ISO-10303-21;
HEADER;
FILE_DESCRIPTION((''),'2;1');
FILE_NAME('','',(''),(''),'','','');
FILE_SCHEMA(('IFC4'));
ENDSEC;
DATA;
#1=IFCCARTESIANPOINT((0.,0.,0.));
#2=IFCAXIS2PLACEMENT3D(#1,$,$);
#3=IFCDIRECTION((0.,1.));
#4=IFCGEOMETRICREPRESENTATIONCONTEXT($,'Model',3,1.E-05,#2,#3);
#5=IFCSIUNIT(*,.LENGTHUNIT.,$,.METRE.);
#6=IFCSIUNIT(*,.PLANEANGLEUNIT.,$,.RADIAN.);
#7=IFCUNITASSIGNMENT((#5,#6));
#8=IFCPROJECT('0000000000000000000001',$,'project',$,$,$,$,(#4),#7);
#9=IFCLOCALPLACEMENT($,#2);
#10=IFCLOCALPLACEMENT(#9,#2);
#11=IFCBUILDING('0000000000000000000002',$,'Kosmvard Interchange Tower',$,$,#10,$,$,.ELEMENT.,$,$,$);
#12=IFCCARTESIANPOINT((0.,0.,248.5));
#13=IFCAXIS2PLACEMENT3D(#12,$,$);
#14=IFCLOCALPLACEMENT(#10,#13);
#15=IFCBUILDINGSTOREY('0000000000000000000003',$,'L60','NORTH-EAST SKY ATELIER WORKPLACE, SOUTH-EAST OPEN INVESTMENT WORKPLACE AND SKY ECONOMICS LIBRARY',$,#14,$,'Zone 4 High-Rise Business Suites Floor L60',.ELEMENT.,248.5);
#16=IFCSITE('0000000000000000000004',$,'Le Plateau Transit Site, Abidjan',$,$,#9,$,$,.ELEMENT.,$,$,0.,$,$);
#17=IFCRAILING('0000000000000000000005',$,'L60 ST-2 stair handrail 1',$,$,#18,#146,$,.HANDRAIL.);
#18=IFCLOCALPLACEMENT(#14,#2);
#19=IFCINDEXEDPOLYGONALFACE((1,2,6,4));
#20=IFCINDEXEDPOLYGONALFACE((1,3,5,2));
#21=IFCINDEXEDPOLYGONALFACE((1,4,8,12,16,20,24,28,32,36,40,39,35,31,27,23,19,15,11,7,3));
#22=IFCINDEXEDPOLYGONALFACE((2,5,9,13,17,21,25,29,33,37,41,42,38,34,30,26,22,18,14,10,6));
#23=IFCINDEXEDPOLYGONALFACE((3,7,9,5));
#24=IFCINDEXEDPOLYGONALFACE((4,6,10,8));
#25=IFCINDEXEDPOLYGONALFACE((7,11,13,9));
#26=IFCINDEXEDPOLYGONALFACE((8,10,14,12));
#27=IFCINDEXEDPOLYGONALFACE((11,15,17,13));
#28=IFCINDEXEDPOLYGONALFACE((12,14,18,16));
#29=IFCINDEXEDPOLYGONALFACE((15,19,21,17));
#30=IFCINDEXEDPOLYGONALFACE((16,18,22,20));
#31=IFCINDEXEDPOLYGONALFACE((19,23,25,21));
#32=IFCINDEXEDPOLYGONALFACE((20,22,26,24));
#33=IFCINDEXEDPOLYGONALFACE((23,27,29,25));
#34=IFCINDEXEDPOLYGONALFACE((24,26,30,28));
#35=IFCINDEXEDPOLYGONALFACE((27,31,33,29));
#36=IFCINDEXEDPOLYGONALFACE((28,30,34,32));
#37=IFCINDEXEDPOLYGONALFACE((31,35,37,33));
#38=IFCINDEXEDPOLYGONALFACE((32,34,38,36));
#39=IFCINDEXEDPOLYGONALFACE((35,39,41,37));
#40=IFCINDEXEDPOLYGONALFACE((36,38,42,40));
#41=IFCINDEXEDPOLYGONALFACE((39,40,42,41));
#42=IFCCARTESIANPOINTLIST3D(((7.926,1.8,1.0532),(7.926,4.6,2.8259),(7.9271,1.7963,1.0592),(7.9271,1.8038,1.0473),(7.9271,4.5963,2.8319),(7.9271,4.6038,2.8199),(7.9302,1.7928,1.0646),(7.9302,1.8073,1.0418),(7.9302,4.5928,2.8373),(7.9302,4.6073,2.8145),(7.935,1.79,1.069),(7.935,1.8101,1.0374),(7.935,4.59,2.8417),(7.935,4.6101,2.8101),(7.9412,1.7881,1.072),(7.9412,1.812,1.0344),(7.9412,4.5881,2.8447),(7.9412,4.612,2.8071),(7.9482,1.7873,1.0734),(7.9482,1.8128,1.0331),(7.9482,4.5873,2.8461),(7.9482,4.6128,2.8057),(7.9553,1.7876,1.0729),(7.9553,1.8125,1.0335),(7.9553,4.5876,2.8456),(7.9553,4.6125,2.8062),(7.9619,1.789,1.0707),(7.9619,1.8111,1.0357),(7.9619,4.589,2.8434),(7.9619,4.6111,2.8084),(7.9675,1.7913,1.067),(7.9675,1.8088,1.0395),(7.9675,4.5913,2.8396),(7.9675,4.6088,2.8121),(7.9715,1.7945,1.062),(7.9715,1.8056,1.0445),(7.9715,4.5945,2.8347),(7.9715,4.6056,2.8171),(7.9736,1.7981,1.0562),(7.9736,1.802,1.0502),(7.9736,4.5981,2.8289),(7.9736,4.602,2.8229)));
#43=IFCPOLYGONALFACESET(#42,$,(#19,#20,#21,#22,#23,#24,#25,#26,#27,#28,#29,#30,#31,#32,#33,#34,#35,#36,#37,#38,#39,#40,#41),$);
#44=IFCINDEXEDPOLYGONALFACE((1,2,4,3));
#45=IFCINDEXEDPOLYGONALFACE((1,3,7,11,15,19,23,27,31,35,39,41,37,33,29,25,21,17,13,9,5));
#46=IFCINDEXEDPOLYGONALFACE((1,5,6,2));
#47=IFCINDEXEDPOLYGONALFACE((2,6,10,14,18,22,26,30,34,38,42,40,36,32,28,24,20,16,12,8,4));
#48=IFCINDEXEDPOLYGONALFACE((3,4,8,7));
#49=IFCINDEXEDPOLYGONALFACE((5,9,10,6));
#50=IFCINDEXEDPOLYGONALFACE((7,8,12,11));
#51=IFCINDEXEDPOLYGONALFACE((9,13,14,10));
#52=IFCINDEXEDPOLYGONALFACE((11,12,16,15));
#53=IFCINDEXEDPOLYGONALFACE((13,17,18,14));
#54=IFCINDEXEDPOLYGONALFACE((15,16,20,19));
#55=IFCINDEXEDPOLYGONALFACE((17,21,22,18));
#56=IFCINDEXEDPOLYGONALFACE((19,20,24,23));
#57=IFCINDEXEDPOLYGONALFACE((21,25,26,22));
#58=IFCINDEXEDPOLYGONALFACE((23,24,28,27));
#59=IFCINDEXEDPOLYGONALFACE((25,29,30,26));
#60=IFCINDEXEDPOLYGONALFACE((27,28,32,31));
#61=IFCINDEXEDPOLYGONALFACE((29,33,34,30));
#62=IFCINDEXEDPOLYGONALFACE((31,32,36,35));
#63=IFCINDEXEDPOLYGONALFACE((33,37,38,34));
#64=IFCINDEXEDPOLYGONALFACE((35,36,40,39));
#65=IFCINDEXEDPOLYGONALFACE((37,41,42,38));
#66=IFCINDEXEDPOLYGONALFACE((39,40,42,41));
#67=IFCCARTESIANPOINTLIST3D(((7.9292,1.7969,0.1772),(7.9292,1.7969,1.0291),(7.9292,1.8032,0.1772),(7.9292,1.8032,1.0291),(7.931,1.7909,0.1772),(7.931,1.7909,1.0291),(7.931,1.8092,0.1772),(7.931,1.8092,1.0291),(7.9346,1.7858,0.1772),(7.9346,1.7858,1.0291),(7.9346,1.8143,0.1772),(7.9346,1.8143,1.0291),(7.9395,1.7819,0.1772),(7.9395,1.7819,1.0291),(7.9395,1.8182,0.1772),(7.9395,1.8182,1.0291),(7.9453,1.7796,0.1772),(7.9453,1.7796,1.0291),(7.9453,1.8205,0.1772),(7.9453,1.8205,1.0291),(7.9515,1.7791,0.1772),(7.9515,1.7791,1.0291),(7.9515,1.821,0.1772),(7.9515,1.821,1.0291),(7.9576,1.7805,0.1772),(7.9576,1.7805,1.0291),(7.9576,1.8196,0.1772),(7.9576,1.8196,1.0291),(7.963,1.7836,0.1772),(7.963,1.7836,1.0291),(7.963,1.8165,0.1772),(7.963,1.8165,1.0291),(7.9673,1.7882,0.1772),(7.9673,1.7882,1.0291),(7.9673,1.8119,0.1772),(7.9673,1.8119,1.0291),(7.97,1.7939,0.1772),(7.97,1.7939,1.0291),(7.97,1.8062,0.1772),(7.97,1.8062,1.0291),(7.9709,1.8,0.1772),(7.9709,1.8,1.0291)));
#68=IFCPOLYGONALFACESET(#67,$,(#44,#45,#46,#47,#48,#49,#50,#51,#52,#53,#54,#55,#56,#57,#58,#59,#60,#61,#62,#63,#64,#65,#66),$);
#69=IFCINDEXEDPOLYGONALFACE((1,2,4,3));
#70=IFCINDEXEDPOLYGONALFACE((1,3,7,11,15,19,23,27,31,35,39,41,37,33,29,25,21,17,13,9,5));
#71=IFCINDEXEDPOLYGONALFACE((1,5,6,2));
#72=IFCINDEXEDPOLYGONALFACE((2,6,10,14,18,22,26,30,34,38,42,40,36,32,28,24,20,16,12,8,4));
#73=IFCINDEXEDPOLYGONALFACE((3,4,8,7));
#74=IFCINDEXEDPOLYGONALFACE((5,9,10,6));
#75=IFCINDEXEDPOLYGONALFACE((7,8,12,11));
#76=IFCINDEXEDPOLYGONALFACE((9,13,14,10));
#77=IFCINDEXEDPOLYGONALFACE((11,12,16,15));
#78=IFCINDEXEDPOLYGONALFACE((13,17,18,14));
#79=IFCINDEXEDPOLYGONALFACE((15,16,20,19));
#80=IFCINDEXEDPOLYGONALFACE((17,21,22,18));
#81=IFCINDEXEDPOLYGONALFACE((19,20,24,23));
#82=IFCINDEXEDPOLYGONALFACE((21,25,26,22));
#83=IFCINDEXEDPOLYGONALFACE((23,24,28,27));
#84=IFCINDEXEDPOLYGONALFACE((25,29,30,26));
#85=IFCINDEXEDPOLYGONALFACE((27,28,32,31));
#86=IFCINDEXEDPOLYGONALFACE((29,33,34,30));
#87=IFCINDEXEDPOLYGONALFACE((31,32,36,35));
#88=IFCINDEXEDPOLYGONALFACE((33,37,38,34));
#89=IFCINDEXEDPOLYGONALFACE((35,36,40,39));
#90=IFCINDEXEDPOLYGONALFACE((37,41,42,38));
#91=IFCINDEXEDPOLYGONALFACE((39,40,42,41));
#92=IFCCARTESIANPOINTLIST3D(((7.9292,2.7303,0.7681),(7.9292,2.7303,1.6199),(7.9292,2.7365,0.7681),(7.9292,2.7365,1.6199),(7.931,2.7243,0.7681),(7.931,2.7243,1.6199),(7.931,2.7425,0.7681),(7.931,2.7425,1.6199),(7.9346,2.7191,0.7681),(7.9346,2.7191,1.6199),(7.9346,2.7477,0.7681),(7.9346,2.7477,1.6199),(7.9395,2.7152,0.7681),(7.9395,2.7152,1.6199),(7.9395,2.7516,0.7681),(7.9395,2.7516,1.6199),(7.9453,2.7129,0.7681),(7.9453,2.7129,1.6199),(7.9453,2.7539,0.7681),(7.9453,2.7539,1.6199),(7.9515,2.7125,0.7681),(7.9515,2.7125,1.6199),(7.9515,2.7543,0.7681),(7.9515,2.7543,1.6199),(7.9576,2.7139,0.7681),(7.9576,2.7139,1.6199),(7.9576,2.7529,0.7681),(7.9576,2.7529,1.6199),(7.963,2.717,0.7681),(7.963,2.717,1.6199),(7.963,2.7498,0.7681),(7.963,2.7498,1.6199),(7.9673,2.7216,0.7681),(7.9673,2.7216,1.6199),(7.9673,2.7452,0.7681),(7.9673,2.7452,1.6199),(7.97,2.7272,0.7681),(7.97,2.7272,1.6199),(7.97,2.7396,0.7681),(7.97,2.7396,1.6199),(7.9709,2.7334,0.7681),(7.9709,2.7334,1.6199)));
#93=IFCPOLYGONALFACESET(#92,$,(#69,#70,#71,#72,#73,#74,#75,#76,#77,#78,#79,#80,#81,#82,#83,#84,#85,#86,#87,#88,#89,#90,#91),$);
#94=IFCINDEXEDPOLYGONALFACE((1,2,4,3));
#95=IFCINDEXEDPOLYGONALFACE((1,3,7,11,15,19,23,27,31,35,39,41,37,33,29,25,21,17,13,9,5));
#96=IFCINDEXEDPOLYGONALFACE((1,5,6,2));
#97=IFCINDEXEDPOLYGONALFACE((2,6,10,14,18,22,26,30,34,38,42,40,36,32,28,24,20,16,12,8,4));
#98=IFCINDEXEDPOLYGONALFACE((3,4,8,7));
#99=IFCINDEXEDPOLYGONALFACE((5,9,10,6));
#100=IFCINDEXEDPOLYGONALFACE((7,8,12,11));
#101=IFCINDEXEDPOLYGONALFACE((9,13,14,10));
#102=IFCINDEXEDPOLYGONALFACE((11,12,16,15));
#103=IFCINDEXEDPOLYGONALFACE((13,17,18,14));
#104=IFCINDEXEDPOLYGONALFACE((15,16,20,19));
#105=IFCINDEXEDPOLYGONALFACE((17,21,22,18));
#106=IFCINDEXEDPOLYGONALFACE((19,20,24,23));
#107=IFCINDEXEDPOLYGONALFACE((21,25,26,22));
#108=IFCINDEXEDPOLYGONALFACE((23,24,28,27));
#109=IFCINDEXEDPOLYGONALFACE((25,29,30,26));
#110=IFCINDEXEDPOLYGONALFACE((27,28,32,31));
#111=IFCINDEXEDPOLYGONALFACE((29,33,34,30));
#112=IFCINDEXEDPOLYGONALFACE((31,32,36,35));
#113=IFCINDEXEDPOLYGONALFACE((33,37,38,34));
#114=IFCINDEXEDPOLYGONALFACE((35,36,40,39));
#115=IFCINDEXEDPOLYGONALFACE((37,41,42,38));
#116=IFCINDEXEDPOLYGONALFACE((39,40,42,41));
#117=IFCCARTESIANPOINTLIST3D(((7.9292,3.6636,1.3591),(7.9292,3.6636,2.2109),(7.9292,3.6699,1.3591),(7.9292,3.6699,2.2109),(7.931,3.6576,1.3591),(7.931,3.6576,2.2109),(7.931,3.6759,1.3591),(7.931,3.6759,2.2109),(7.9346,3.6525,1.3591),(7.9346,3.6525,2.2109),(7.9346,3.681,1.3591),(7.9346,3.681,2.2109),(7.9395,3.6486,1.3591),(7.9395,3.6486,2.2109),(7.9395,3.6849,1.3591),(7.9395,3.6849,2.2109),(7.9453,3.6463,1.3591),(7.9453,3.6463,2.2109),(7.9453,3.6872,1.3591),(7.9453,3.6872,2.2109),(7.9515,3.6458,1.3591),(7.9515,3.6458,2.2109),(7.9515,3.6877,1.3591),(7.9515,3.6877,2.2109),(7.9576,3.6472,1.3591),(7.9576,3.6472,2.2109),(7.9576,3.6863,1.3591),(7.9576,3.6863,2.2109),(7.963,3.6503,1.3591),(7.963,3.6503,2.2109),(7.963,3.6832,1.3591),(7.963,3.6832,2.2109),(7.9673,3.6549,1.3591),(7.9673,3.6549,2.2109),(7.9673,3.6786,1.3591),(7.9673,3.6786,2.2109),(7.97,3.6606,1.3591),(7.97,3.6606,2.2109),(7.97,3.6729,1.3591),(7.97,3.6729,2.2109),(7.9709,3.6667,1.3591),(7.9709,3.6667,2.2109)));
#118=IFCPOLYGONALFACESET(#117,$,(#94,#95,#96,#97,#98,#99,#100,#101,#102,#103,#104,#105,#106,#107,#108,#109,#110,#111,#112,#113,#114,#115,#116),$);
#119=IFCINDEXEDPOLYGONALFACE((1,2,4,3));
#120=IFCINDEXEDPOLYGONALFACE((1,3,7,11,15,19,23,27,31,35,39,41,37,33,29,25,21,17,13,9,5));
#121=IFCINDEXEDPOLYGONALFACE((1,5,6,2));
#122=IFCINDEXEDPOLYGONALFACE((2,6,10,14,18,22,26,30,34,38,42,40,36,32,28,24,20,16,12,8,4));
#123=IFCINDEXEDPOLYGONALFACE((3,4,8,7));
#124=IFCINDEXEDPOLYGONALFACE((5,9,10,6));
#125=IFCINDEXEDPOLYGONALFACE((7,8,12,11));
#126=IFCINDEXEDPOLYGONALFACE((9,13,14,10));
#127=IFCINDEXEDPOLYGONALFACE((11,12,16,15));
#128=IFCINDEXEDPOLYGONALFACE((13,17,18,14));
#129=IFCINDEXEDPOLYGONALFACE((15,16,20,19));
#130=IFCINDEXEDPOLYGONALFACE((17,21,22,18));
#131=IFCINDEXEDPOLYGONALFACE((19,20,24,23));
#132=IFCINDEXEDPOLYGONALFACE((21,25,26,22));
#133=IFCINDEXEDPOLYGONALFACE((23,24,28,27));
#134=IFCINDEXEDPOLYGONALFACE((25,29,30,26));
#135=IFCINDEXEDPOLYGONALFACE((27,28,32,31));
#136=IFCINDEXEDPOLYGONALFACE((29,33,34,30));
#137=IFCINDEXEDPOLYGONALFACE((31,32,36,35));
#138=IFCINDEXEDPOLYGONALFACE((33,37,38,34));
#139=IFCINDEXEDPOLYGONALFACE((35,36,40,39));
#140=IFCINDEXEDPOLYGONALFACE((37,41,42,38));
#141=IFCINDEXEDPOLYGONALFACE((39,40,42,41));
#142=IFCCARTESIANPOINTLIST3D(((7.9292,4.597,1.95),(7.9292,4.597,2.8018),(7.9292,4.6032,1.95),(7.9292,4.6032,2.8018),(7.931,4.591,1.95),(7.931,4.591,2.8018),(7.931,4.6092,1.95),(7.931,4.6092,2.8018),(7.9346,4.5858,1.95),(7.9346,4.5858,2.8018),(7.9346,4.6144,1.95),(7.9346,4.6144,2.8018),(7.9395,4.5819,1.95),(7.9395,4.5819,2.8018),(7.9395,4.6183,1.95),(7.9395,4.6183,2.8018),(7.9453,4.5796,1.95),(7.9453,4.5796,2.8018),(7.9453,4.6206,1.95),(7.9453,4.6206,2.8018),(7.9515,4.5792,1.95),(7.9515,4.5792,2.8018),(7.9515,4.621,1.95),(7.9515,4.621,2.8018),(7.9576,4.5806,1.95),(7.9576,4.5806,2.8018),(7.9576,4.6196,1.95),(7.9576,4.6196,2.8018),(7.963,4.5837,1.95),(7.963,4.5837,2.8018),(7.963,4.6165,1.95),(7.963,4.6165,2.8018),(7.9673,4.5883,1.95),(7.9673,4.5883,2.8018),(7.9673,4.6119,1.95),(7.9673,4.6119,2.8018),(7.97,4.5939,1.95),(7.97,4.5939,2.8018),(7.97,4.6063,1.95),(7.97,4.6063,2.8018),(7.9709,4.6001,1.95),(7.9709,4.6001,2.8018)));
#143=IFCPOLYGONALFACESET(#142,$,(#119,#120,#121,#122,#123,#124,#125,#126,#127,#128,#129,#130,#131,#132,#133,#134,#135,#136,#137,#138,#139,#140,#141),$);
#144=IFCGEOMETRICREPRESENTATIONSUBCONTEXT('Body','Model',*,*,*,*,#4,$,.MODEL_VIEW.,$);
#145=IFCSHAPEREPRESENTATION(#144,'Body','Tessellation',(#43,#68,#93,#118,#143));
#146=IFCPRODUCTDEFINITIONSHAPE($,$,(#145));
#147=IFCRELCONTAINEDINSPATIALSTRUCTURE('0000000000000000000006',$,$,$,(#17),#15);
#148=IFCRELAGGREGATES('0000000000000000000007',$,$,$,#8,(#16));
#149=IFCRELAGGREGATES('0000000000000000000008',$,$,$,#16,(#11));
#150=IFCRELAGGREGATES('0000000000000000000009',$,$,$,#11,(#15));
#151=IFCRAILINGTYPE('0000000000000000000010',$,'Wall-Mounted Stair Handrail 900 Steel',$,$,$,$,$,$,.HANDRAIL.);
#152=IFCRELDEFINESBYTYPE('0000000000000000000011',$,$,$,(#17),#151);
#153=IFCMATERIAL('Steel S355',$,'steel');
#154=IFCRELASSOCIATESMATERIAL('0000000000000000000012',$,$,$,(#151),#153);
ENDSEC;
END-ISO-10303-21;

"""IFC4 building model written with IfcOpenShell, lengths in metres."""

from ifc_helpers import new_model, si_unit, direction, frame, origin, origin_2d, place, context, subcontext, project, spatial, circle, extrude, source, transform, mapped, material, type_object, element, save


model = new_model("IFC4")

# Units and contexts
model_context = context("Model", 3, precision=1e-05, world=origin(), true_north=direction((0.0, 1.0)))
body_context = subcontext(model_context, "Body", "Model", "MODEL_VIEW")
ifc_project = project(units=[si_unit("LENGTHUNIT", "METRE"), si_unit("PLANEANGLEUNIT", "RADIAN")], contexts=[model_context])

# Site, building, storey
site_placement = place(None, origin())
site = spatial("IfcSite", under=ifc_project, at=site_placement, Name="Le Plateau Transit Site, Abidjan", CompositionType="ELEMENT", RefElevation=0.0)
building_placement = place(site_placement, origin())
building = spatial("IfcBuilding", under=site, at=building_placement, Name="Kosmvard Interchange Tower", CompositionType="ELEMENT")
storey_placement = place(building_placement, frame((0.0, 0.0, 248.5)))
storey = spatial("IfcBuildingStorey", under=building, at=storey_placement, Name="L60", Description="NORTH-EAST SKY ATELIER WORKPLACE, SOUTH-EAST OPEN INVESTMENT WORKPLACE AND SKY ECONOMICS LIBRARY", LongName="Zone 4 High-Rise Business Suites Floor L60", CompositionType="ELEMENT", Elevation=248.5)

# Shared definitions
ifc_material_1 = material(Name="Steel S355", Category="steel")

# Railing
railing_type_1 = type_object("IfcRailingType", Name="Wall-Mounted Stair Handrail 900 Steel", PredefinedType="HANDRAIL", material=ifc_material_1)
shared_shape_1 = source(origin(), body_context, "Body", "SweptSolid", [
    extrude(circle(Radius=0.0239, at=origin_2d()), frame((0.0, 0.0, 0.876), z_axis=(0.0, 0.844909, 0.53491), x_axis=(-1.0, 0.0, 0.0)), (0.0, 0.0, 1.0), 3.314),
    extrude(circle(Radius=0.021, at=origin_2d()), origin(), (0.0, 0.0, 1.0), 0.8518),
    extrude(circle(Radius=0.021, at=origin_2d()), frame((0.0, 0.9333, 0.5908)), (0.0, 0.0, 1.0), 0.8518),
    extrude(circle(Radius=0.021, at=origin_2d()), frame((0.0, 1.8667, 1.1819)), (0.0, 0.0, 1.0), 0.8518),
    extrude(circle(Radius=0.021, at=origin_2d()), frame((0.0, 2.8, 1.7727)), (0.0, 0.0, 1.0), 0.8518),
])
railing_1_placement = place(storey_placement, frame((7.95, 1.8, 0.1772)))
element("IfcRailing", 1, at=railing_1_placement, inside=storey, type_object=railing_type_1, Name="L60 ST-2 stair handrail 1", PredefinedType="HANDRAIL", context=body_context, shape_type="MappedRepresentation", body=[
    mapped(shared_shape_1, transform((0.0, 0.0, 0.0), scale=1.0)),
])

save(model, "model.ifc")
